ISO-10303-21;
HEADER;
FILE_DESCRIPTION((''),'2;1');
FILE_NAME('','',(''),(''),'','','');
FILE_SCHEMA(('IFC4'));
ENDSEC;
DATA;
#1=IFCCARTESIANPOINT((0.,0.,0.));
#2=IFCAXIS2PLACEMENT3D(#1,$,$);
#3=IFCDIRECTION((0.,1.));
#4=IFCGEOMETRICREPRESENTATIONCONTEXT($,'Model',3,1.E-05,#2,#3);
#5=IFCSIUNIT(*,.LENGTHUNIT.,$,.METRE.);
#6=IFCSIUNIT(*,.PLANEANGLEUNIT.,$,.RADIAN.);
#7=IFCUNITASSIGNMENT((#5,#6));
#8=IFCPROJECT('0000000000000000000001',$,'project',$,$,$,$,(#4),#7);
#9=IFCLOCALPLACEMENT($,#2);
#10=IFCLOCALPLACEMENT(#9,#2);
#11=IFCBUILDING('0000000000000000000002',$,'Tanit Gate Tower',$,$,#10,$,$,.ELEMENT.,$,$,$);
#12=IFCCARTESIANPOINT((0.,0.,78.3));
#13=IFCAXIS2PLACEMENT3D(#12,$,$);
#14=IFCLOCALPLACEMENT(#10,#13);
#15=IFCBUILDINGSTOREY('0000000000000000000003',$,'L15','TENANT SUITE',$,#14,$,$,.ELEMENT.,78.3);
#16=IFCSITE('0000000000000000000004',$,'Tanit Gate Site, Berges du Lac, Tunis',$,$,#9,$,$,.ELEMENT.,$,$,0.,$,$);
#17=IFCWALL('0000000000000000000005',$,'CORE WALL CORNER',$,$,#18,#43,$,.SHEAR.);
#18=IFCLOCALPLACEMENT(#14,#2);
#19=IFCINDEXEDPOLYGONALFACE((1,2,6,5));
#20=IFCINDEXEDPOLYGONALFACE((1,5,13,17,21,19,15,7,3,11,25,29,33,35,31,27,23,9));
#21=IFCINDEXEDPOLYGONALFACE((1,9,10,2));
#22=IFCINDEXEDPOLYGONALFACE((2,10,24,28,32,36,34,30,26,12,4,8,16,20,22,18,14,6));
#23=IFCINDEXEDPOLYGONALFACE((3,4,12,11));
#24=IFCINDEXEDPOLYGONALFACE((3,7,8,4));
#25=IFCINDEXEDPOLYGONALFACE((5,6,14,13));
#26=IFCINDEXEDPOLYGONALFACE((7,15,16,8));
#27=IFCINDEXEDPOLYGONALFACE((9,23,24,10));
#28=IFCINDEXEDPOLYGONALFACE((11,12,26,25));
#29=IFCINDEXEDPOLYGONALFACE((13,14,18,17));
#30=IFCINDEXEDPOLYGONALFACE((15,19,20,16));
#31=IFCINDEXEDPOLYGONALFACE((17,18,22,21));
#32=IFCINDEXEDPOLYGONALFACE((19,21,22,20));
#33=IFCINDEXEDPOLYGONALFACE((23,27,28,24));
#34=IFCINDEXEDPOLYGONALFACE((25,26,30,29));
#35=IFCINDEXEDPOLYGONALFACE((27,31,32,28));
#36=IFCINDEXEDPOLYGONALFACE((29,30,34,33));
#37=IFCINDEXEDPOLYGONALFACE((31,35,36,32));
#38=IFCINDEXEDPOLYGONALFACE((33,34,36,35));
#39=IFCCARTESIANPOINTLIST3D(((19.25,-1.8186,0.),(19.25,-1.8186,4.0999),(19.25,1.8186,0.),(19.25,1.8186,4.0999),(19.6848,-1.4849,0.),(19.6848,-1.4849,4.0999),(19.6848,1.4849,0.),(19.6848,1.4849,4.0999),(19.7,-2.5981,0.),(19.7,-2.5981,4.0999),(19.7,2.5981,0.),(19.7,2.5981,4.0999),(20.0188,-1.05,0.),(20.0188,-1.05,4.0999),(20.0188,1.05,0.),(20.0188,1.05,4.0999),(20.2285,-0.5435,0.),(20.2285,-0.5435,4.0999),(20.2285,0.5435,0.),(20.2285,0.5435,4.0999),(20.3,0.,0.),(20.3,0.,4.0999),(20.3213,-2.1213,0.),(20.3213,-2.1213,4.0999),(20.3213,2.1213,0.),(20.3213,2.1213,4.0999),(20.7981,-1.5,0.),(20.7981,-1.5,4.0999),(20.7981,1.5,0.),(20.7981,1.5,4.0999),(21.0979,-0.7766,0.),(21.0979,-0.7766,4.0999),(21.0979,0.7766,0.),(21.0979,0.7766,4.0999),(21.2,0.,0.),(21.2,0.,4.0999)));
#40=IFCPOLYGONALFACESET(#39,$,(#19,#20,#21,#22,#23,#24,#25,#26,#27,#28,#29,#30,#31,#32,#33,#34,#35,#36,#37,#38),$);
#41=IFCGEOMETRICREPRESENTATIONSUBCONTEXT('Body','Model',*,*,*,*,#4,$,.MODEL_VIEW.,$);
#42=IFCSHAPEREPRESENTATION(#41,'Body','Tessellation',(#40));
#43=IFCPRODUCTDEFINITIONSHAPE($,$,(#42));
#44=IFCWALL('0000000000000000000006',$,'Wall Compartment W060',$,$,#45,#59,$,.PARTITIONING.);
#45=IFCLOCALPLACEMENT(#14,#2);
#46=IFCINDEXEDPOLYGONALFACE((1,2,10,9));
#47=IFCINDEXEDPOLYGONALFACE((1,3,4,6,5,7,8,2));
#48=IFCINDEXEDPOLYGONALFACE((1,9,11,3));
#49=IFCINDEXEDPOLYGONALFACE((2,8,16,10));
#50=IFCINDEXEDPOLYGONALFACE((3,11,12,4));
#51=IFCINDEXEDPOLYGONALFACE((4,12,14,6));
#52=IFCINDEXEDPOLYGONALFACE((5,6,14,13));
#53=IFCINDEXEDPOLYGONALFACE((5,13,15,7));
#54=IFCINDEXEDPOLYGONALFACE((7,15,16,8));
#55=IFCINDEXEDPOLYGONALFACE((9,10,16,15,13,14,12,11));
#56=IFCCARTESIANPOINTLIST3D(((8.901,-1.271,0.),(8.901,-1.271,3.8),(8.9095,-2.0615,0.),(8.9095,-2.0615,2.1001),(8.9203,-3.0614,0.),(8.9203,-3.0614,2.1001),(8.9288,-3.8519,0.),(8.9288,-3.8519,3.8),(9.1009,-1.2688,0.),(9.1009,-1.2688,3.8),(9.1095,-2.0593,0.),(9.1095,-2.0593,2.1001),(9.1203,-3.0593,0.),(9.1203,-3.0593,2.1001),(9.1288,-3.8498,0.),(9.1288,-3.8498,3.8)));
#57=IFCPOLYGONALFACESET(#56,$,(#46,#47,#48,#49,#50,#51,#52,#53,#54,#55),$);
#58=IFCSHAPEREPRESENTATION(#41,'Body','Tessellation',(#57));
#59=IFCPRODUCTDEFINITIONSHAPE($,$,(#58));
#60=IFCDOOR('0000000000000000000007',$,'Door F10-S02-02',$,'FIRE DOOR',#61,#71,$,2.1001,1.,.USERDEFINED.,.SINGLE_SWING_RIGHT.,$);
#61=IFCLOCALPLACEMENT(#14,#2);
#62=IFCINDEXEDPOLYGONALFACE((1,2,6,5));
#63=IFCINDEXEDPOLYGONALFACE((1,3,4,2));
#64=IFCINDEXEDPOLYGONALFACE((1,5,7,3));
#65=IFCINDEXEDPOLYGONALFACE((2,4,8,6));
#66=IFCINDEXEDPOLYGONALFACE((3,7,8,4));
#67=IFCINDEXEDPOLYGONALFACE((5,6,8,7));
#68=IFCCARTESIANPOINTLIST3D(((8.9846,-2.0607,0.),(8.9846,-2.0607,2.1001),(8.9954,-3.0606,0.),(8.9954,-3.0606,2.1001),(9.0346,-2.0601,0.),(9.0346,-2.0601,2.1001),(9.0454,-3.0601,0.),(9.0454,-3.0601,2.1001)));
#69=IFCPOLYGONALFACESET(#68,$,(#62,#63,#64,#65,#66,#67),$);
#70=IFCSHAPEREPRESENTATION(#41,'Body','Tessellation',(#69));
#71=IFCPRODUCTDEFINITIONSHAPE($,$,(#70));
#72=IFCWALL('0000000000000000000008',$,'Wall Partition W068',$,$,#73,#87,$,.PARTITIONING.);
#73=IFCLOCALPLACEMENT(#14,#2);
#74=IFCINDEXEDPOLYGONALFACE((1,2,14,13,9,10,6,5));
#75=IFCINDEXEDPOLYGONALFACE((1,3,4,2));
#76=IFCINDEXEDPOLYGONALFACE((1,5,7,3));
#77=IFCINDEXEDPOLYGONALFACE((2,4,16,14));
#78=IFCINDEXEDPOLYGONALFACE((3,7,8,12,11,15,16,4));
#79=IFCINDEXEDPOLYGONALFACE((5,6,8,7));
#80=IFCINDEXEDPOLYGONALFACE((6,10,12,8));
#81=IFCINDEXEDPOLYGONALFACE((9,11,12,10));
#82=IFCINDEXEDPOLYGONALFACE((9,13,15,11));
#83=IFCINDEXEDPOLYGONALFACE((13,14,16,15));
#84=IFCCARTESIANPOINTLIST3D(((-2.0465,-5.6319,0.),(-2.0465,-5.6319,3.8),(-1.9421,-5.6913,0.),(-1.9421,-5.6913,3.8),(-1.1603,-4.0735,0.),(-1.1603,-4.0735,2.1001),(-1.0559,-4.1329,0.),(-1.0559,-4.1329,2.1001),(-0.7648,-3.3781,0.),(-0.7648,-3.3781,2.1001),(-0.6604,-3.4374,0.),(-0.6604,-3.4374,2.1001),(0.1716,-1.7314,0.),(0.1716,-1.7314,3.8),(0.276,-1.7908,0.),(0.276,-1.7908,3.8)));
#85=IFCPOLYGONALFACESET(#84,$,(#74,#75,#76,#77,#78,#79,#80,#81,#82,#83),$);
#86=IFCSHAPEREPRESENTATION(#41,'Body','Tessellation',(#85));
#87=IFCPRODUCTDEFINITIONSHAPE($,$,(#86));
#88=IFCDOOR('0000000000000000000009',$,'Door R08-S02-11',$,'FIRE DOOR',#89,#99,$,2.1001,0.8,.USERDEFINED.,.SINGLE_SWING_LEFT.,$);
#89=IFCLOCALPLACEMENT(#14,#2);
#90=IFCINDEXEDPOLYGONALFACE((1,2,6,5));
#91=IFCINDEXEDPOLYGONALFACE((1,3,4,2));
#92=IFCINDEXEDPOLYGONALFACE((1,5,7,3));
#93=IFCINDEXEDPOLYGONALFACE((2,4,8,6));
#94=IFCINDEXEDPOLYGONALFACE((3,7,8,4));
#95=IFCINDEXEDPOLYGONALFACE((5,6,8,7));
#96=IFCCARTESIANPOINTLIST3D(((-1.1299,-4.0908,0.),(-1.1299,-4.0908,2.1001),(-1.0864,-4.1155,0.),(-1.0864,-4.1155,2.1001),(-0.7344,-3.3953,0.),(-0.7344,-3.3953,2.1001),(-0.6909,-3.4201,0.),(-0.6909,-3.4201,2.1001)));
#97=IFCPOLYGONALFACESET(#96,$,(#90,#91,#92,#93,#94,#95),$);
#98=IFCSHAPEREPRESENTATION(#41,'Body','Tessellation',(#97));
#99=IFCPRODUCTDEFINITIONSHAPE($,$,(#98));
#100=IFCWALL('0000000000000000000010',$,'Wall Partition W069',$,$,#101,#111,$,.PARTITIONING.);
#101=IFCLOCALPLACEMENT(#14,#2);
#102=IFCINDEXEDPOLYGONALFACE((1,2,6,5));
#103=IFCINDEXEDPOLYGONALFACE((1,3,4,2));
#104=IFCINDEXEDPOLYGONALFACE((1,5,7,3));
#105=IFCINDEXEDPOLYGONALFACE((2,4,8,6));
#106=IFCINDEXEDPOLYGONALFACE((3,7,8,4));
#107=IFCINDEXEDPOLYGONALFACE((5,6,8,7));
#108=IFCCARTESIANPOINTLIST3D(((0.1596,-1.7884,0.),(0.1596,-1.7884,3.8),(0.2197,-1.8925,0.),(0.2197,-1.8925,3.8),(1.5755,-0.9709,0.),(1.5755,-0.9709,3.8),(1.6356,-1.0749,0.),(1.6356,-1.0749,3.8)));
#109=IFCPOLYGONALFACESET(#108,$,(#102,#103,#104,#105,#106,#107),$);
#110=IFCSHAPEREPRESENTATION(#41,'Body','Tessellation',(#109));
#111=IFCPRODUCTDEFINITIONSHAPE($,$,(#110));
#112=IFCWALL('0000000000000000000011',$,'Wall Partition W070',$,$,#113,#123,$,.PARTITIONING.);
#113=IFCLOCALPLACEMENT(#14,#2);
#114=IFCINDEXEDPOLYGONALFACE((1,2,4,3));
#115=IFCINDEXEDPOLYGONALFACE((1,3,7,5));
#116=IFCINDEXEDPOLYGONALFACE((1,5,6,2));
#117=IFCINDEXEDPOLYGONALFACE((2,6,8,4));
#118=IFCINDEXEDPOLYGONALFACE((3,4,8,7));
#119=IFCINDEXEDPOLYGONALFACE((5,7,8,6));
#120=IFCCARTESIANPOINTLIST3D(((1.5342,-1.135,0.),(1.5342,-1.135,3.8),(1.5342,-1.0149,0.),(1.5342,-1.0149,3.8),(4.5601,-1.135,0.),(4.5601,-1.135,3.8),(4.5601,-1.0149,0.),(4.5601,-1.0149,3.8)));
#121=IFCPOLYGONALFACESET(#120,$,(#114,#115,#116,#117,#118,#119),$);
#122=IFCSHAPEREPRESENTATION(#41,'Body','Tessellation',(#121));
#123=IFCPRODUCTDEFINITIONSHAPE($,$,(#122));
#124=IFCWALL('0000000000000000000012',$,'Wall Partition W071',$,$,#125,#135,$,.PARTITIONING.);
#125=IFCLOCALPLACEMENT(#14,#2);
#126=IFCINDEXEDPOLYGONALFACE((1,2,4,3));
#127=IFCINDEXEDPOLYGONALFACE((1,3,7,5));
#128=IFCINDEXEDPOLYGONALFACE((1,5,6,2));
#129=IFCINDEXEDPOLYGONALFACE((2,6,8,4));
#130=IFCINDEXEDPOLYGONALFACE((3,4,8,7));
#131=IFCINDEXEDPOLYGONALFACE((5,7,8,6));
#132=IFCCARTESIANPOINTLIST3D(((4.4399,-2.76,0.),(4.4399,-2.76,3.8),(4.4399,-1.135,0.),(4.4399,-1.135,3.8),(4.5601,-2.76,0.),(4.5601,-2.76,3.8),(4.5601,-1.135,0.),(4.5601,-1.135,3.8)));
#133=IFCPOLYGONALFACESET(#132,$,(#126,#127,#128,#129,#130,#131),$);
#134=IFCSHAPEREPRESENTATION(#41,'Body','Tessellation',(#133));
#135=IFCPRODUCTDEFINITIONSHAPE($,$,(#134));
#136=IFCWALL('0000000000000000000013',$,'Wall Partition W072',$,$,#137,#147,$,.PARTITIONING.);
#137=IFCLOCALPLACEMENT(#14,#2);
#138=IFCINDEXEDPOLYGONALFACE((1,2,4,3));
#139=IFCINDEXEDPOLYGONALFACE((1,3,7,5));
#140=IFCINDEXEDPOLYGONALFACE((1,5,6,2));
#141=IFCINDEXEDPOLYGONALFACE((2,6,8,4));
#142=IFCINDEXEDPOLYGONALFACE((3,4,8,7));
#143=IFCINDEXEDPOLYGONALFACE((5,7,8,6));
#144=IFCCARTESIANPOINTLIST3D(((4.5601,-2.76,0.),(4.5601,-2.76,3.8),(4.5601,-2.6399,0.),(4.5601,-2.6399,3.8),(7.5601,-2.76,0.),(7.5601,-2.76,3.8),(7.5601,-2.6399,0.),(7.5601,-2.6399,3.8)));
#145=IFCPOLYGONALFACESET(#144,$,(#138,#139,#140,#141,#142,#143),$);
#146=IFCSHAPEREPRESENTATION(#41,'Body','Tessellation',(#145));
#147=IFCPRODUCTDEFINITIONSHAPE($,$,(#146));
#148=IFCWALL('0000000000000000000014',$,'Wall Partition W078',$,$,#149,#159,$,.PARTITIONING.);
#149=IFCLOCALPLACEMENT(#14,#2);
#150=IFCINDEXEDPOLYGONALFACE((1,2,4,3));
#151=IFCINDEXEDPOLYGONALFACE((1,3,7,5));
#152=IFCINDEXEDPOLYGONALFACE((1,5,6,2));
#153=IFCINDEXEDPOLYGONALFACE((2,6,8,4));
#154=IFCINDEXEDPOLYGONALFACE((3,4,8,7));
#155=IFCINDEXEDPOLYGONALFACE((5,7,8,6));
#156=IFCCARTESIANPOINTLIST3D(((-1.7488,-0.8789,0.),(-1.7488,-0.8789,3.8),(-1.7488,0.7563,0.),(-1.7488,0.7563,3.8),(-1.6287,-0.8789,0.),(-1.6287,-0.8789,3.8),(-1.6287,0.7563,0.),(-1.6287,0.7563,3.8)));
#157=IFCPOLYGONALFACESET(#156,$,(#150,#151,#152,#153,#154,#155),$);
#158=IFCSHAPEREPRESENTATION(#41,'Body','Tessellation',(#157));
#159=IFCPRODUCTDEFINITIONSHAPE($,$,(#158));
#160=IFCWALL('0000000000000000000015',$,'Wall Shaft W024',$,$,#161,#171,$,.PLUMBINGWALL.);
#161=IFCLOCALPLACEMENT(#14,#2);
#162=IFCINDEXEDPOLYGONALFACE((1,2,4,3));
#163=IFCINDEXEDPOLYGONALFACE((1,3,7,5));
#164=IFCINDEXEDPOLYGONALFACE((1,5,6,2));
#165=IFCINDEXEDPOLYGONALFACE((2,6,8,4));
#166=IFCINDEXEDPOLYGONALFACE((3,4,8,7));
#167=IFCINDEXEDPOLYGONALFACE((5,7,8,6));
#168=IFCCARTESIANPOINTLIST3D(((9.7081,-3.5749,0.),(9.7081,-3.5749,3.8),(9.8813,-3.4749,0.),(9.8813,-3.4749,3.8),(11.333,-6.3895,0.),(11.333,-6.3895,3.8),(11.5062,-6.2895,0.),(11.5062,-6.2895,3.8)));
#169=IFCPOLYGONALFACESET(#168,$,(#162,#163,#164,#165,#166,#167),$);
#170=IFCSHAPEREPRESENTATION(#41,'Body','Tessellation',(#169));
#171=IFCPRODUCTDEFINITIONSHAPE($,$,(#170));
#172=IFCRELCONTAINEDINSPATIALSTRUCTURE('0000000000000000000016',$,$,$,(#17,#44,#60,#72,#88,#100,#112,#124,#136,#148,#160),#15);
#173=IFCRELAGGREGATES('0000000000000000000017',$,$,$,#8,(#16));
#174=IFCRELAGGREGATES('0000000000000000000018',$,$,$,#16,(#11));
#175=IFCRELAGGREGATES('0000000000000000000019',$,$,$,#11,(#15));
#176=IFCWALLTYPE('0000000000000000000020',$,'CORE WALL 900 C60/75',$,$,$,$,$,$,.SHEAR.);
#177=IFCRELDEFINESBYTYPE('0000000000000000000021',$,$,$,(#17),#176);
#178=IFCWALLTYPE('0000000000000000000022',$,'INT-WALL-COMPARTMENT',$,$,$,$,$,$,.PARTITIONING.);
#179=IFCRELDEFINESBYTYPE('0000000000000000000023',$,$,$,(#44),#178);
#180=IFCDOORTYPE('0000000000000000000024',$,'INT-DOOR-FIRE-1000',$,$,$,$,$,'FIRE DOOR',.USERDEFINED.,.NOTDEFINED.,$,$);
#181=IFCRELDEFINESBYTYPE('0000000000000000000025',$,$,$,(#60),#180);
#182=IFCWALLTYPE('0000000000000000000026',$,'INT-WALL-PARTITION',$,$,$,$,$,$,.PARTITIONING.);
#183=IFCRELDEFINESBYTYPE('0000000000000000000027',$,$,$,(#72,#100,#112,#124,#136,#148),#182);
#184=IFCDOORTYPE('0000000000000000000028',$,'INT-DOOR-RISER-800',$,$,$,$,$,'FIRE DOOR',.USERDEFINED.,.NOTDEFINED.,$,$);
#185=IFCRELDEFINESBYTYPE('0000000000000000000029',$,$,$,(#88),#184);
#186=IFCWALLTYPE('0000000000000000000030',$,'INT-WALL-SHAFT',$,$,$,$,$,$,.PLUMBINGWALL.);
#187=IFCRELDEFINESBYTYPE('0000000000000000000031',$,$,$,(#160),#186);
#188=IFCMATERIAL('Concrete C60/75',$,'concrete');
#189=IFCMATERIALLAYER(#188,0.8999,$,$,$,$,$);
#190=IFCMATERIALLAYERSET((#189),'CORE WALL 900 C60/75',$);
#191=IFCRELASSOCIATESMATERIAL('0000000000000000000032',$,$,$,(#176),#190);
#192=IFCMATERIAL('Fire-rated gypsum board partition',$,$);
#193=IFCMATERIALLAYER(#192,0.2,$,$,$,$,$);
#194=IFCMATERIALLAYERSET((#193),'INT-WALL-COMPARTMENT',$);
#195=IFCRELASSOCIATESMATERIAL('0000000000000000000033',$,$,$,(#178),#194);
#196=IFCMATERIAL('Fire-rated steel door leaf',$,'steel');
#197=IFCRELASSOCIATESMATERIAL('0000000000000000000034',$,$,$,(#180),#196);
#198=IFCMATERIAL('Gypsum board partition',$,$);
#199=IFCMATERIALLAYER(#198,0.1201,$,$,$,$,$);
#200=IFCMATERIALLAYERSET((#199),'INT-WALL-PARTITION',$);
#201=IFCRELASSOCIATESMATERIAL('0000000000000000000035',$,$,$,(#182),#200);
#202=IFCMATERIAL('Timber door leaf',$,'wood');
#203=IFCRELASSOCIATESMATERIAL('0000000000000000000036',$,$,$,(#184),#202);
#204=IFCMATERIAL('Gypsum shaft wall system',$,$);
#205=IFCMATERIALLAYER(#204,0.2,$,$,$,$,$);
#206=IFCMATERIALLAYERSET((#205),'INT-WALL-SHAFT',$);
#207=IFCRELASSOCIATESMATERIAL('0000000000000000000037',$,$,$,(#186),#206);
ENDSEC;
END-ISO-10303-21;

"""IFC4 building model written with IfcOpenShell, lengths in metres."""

from ifc_helpers import new_model, si_unit, direction, frame, frame_2d, origin, place, context, subcontext, project, spatial, polyline, rectangle, outline, extrude, material, layer, layer_set, type_object, element, fill, save


model = new_model("IFC4")

# Units and contexts
model_context = context("Model", 3, precision=1e-05, world=origin(), true_north=direction((0.0, 1.0)))
body_context = subcontext(model_context, "Body", "Model", "MODEL_VIEW")
ifc_project = project(units=[si_unit("LENGTHUNIT", "METRE"), si_unit("PLANEANGLEUNIT", "RADIAN")], contexts=[model_context])

# Site, building, storey
site_placement = place(None, origin())
site = spatial("IfcSite", under=ifc_project, at=site_placement, Name="Tanit Gate Site, Berges du Lac, Tunis", CompositionType="ELEMENT", RefElevation=0.0)
building_placement = place(site_placement, origin())
building = spatial("IfcBuilding", under=site, at=building_placement, Name="Tanit Gate Tower", CompositionType="ELEMENT")
storey_placement = place(building_placement, frame((0.0, 0.0, 78.3)))
storey = spatial("IfcBuildingStorey", under=building, at=storey_placement, Name="L15", Description="TENANT SUITE", CompositionType="ELEMENT", Elevation=78.3)

# Wall
ifc_material_1 = material(Name="Concrete C60/75", Category="concrete")
ifc_layer_1 = layer(ifc_material_1, 0.8999)
ifc_layer_set_1 = layer_set([ifc_layer_1], Name="CORE WALL 900 C60/75")
wall_type_1 = type_object("IfcWallType", Name="CORE WALL 900 C60/75", PredefinedType="SHEAR", material=ifc_layer_set_1)
wall_1_placement = place(storey_placement, origin())
element("IfcWall", 1, at=wall_1_placement, inside=storey, type_object=wall_type_1, Name="CORE WALL CORNER", PredefinedType="SHEAR", context=body_context, shape_type="SweptSolid", body=[
    extrude(outline(polyline([(19.7, -2.5981), (20.3213, -2.1213), (20.7981, -1.5), (21.0979, -0.7766), (21.2, 0.0), (21.0979, 0.7766), (20.7981, 1.5), (20.3213, 2.1213), (19.7, 2.5981), (19.25, 1.8186), (19.6848, 1.4849), (20.0188, 1.05), (20.2285, 0.5435), (20.3, 0.0), (20.2285, -0.5435), (20.0188, -1.05), (19.6848, -1.4849), (19.25, -1.8186), (19.7, -2.5981)])), origin(), (0.0, 0.0, 1.0), 4.0999),
])

# Walls, openings, doors
ifc_material_2 = material(Name="Fire-rated gypsum board partition")
ifc_layer_2 = layer(ifc_material_2, 0.2)
ifc_layer_set_2 = layer_set([ifc_layer_2], Name="INT-WALL-COMPARTMENT")
wall_type_2 = type_object("IfcWallType", Name="INT-WALL-COMPARTMENT", PredefinedType="PARTITIONING", material=ifc_layer_set_2)
wall_2_placement = place(storey_placement, frame((9.0288, -3.8508, 0.0), z_axis=(0.0, 0.0, 1.0), x_axis=(-0.010784, 0.999942, 0.0)))
wall_2 = element("IfcWall", 2, at=wall_2_placement, inside=storey, type_object=wall_type_2, Name="Wall Compartment W060", PredefinedType="PARTITIONING", context=body_context, shape_type="SweptSolid", body=[
    extrude(rectangle(XDim=2.5811, YDim=0.2, at=frame_2d((1.2905, 0.0))), origin(), (0.0, 0.0, 1.0), 3.8),
])
opening_1_placement = place(wall_2_placement, frame((0.7905, 0.0, 0.0)))
opening_1 = element("IfcOpeningElement", 3, at=opening_1_placement, cuts=wall_2, PredefinedType="OPENING", context=body_context, shape_type="SweptSolid", body=[
    extrude(rectangle(XDim=1.0, YDim=2.1001, at=frame_2d((0.5, 1.05))), frame((0.0, 0.1099, 0.0), z_axis=(0.0, -1.0, 0.0), x_axis=(1.0, 0.0, 0.0)), (0.0, 0.0, 1.0), 0.22),
])
ifc_material_3 = material(Name="Fire-rated steel door leaf", Category="steel")
door_type_1 = type_object("IfcDoorType", Name="INT-DOOR-FIRE-1000", ElementType="FIRE DOOR", OperationType="NOTDEFINED", PredefinedType="USERDEFINED", material=ifc_material_3)
door_1_placement = place(opening_1_placement, origin())
door_1 = element("IfcDoor", 4, at=door_1_placement, inside=storey, type_object=door_type_1, Name="Door F10-S02-02", ObjectType="FIRE DOOR", OperationType="SINGLE_SWING_RIGHT", OverallHeight=2.1001, OverallWidth=1.0, PredefinedType="USERDEFINED", context=body_context, shape_type="SweptSolid", body=[
    extrude(rectangle(XDim=1.0, YDim=2.1001, at=frame_2d((0.5, 1.05))), frame((0.0, 0.0249, 0.0), z_axis=(0.0, -1.0, 0.0), x_axis=(1.0, 0.0, 0.0)), (0.0, 0.0, 1.0), 0.05),
])
fill(opening_1, door_1)
ifc_material_4 = material(Name="Gypsum board partition")
ifc_layer_3 = layer(ifc_material_4, 0.1201)
ifc_layer_set_3 = layer_set([ifc_layer_3], Name="INT-WALL-PARTITION")
wall_type_3 = type_object("IfcWallType", Name="INT-WALL-PARTITION", PredefinedType="PARTITIONING", material=ifc_layer_set_3)
wall_3_placement = place(storey_placement, frame((0.2239, -1.761, 0.0), z_axis=(0.0, 0.0, 1.0), x_axis=(-0.494327, -0.869276, 0.0)))
wall_3 = element("IfcWall", 5, at=wall_3_placement, inside=storey, type_object=wall_type_3, Name="Wall Partition W068", PredefinedType="PARTITIONING", context=body_context, shape_type="SweptSolid", body=[
    extrude(rectangle(XDim=4.4871, YDim=0.1201, at=frame_2d((2.2437, 0.0))), origin(), (0.0, 0.0, 1.0), 3.8),
])
opening_2_placement = place(wall_3_placement, frame((1.8945, 0.0, 0.0)))
opening_2 = element("IfcOpeningElement", 6, at=opening_2_placement, cuts=wall_3, PredefinedType="OPENING", context=body_context, shape_type="SweptSolid", body=[
    extrude(rectangle(XDim=0.8, YDim=2.1001, at=frame_2d((0.3999, 1.05))), frame((0.0, 0.0701, 0.0), z_axis=(0.0, -1.0, 0.0), x_axis=(1.0, 0.0, 0.0)), (0.0, 0.0, 1.0), 0.1401),
])
ifc_material_5 = material(Name="Timber door leaf", Category="wood")
door_type_2 = type_object("IfcDoorType", Name="INT-DOOR-RISER-800", ElementType="FIRE DOOR", OperationType="NOTDEFINED", PredefinedType="USERDEFINED", material=ifc_material_5)
door_2_placement = place(opening_2_placement, origin())
door_2 = element("IfcDoor", 7, at=door_2_placement, inside=storey, type_object=door_type_2, Name="Door R08-S02-11", ObjectType="FIRE DOOR", OperationType="SINGLE_SWING_LEFT", OverallHeight=2.1001, OverallWidth=0.8, PredefinedType="USERDEFINED", context=body_context, shape_type="SweptSolid", body=[
    extrude(rectangle(XDim=0.8, YDim=2.1001, at=frame_2d((0.3999, 1.05))), frame((0.0, 0.0249, 0.0), z_axis=(0.0, -1.0, 0.0), x_axis=(1.0, 0.0, 0.0)), (0.0, 0.0, 1.0), 0.05),
])
fill(opening_2, door_2)

# Walls
wall_4_placement = place(storey_placement, frame((1.6055, -1.0229, 0.0), z_axis=(0.0, 0.0, 1.0), x_axis=(-0.866002, -0.500041, 0.0)))
element("IfcWall", 8, at=wall_4_placement, inside=storey, type_object=wall_type_3, Name="Wall Partition W069", PredefinedType="PARTITIONING", context=body_context, shape_type="SweptSolid", body=[
    extrude(rectangle(XDim=1.635, YDim=0.1201, at=frame_2d((0.8174, 0.0))), origin(), (0.0, 0.0, 1.0), 3.8),
])
wall_5_placement = place(storey_placement, frame((4.5601, -1.075, 0.0), z_axis=(0.0, 0.0, 1.0), x_axis=(-1.0, 0.0, 0.0)))
element("IfcWall", 9, at=wall_5_placement, inside=storey, type_object=wall_type_3, Name="Wall Partition W070", PredefinedType="PARTITIONING", context=body_context, shape_type="SweptSolid", body=[
    extrude(rectangle(XDim=3.0259, YDim=0.1201, at=frame_2d((1.5129, 0.0))), origin(), (0.0, 0.0, 1.0), 3.8),
])
wall_6_placement = place(storey_placement, frame((4.5, -2.76, 0.0), z_axis=(0.0, 0.0, 1.0), x_axis=(0.0, 1.0, 0.0)))
element("IfcWall", 10, at=wall_6_placement, inside=storey, type_object=wall_type_3, Name="Wall Partition W071", PredefinedType="PARTITIONING", context=body_context, shape_type="SweptSolid", body=[
    extrude(rectangle(XDim=1.625, YDim=0.1201, at=frame_2d((0.8125, 0.0))), origin(), (0.0, 0.0, 1.0), 3.8),
])
wall_7_placement = place(storey_placement, frame((7.5601, -2.7, 0.0), z_axis=(0.0, 0.0, 1.0), x_axis=(-1.0, 0.0, 0.0)))
element("IfcWall", 11, at=wall_7_placement, inside=storey, type_object=wall_type_3, Name="Wall Partition W072", PredefinedType="PARTITIONING", context=body_context, shape_type="SweptSolid", body=[
    extrude(rectangle(XDim=3.0, YDim=0.1201, at=frame_2d((1.5, 0.0))), origin(), (0.0, 0.0, 1.0), 3.8),
])
wall_8_placement = place(storey_placement, frame((-1.6887, -0.8789, 0.0), z_axis=(0.0, 0.0, 1.0), x_axis=(0.0, 1.0, 0.0)))
element("IfcWall", 12, at=wall_8_placement, inside=storey, type_object=wall_type_3, Name="Wall Partition W078", PredefinedType="PARTITIONING", context=body_context, shape_type="SweptSolid", body=[
    extrude(rectangle(XDim=1.6353, YDim=0.1201, at=frame_2d((0.8176, 0.0))), origin(), (0.0, 0.0, 1.0), 3.8),
])
ifc_material_6 = material(Name="Gypsum shaft wall system")
ifc_layer_4 = layer(ifc_material_6, 0.2)
ifc_layer_set_4 = layer_set([ifc_layer_4], Name="INT-WALL-SHAFT")
wall_type_4 = type_object("IfcWallType", Name="INT-WALL-SHAFT", PredefinedType="PLUMBINGWALL", material=ifc_layer_set_4)
wall_9_placement = place(storey_placement, frame((9.7947, -3.5249, 0.0), z_axis=(0.0, 0.0, 1.0), x_axis=(0.499985, -0.866034, 0.0)))
element("IfcWall", 13, at=wall_9_placement, inside=storey, type_object=wall_type_4, Name="Wall Shaft W024", PredefinedType="PLUMBINGWALL", context=body_context, shape_type="SweptSolid", body=[
    extrude(rectangle(XDim=3.25, YDim=0.2, at=frame_2d((1.625, 0.0))), origin(), (0.0, 0.0, 1.0), 3.8),
])

save(model, "model.ifc")
